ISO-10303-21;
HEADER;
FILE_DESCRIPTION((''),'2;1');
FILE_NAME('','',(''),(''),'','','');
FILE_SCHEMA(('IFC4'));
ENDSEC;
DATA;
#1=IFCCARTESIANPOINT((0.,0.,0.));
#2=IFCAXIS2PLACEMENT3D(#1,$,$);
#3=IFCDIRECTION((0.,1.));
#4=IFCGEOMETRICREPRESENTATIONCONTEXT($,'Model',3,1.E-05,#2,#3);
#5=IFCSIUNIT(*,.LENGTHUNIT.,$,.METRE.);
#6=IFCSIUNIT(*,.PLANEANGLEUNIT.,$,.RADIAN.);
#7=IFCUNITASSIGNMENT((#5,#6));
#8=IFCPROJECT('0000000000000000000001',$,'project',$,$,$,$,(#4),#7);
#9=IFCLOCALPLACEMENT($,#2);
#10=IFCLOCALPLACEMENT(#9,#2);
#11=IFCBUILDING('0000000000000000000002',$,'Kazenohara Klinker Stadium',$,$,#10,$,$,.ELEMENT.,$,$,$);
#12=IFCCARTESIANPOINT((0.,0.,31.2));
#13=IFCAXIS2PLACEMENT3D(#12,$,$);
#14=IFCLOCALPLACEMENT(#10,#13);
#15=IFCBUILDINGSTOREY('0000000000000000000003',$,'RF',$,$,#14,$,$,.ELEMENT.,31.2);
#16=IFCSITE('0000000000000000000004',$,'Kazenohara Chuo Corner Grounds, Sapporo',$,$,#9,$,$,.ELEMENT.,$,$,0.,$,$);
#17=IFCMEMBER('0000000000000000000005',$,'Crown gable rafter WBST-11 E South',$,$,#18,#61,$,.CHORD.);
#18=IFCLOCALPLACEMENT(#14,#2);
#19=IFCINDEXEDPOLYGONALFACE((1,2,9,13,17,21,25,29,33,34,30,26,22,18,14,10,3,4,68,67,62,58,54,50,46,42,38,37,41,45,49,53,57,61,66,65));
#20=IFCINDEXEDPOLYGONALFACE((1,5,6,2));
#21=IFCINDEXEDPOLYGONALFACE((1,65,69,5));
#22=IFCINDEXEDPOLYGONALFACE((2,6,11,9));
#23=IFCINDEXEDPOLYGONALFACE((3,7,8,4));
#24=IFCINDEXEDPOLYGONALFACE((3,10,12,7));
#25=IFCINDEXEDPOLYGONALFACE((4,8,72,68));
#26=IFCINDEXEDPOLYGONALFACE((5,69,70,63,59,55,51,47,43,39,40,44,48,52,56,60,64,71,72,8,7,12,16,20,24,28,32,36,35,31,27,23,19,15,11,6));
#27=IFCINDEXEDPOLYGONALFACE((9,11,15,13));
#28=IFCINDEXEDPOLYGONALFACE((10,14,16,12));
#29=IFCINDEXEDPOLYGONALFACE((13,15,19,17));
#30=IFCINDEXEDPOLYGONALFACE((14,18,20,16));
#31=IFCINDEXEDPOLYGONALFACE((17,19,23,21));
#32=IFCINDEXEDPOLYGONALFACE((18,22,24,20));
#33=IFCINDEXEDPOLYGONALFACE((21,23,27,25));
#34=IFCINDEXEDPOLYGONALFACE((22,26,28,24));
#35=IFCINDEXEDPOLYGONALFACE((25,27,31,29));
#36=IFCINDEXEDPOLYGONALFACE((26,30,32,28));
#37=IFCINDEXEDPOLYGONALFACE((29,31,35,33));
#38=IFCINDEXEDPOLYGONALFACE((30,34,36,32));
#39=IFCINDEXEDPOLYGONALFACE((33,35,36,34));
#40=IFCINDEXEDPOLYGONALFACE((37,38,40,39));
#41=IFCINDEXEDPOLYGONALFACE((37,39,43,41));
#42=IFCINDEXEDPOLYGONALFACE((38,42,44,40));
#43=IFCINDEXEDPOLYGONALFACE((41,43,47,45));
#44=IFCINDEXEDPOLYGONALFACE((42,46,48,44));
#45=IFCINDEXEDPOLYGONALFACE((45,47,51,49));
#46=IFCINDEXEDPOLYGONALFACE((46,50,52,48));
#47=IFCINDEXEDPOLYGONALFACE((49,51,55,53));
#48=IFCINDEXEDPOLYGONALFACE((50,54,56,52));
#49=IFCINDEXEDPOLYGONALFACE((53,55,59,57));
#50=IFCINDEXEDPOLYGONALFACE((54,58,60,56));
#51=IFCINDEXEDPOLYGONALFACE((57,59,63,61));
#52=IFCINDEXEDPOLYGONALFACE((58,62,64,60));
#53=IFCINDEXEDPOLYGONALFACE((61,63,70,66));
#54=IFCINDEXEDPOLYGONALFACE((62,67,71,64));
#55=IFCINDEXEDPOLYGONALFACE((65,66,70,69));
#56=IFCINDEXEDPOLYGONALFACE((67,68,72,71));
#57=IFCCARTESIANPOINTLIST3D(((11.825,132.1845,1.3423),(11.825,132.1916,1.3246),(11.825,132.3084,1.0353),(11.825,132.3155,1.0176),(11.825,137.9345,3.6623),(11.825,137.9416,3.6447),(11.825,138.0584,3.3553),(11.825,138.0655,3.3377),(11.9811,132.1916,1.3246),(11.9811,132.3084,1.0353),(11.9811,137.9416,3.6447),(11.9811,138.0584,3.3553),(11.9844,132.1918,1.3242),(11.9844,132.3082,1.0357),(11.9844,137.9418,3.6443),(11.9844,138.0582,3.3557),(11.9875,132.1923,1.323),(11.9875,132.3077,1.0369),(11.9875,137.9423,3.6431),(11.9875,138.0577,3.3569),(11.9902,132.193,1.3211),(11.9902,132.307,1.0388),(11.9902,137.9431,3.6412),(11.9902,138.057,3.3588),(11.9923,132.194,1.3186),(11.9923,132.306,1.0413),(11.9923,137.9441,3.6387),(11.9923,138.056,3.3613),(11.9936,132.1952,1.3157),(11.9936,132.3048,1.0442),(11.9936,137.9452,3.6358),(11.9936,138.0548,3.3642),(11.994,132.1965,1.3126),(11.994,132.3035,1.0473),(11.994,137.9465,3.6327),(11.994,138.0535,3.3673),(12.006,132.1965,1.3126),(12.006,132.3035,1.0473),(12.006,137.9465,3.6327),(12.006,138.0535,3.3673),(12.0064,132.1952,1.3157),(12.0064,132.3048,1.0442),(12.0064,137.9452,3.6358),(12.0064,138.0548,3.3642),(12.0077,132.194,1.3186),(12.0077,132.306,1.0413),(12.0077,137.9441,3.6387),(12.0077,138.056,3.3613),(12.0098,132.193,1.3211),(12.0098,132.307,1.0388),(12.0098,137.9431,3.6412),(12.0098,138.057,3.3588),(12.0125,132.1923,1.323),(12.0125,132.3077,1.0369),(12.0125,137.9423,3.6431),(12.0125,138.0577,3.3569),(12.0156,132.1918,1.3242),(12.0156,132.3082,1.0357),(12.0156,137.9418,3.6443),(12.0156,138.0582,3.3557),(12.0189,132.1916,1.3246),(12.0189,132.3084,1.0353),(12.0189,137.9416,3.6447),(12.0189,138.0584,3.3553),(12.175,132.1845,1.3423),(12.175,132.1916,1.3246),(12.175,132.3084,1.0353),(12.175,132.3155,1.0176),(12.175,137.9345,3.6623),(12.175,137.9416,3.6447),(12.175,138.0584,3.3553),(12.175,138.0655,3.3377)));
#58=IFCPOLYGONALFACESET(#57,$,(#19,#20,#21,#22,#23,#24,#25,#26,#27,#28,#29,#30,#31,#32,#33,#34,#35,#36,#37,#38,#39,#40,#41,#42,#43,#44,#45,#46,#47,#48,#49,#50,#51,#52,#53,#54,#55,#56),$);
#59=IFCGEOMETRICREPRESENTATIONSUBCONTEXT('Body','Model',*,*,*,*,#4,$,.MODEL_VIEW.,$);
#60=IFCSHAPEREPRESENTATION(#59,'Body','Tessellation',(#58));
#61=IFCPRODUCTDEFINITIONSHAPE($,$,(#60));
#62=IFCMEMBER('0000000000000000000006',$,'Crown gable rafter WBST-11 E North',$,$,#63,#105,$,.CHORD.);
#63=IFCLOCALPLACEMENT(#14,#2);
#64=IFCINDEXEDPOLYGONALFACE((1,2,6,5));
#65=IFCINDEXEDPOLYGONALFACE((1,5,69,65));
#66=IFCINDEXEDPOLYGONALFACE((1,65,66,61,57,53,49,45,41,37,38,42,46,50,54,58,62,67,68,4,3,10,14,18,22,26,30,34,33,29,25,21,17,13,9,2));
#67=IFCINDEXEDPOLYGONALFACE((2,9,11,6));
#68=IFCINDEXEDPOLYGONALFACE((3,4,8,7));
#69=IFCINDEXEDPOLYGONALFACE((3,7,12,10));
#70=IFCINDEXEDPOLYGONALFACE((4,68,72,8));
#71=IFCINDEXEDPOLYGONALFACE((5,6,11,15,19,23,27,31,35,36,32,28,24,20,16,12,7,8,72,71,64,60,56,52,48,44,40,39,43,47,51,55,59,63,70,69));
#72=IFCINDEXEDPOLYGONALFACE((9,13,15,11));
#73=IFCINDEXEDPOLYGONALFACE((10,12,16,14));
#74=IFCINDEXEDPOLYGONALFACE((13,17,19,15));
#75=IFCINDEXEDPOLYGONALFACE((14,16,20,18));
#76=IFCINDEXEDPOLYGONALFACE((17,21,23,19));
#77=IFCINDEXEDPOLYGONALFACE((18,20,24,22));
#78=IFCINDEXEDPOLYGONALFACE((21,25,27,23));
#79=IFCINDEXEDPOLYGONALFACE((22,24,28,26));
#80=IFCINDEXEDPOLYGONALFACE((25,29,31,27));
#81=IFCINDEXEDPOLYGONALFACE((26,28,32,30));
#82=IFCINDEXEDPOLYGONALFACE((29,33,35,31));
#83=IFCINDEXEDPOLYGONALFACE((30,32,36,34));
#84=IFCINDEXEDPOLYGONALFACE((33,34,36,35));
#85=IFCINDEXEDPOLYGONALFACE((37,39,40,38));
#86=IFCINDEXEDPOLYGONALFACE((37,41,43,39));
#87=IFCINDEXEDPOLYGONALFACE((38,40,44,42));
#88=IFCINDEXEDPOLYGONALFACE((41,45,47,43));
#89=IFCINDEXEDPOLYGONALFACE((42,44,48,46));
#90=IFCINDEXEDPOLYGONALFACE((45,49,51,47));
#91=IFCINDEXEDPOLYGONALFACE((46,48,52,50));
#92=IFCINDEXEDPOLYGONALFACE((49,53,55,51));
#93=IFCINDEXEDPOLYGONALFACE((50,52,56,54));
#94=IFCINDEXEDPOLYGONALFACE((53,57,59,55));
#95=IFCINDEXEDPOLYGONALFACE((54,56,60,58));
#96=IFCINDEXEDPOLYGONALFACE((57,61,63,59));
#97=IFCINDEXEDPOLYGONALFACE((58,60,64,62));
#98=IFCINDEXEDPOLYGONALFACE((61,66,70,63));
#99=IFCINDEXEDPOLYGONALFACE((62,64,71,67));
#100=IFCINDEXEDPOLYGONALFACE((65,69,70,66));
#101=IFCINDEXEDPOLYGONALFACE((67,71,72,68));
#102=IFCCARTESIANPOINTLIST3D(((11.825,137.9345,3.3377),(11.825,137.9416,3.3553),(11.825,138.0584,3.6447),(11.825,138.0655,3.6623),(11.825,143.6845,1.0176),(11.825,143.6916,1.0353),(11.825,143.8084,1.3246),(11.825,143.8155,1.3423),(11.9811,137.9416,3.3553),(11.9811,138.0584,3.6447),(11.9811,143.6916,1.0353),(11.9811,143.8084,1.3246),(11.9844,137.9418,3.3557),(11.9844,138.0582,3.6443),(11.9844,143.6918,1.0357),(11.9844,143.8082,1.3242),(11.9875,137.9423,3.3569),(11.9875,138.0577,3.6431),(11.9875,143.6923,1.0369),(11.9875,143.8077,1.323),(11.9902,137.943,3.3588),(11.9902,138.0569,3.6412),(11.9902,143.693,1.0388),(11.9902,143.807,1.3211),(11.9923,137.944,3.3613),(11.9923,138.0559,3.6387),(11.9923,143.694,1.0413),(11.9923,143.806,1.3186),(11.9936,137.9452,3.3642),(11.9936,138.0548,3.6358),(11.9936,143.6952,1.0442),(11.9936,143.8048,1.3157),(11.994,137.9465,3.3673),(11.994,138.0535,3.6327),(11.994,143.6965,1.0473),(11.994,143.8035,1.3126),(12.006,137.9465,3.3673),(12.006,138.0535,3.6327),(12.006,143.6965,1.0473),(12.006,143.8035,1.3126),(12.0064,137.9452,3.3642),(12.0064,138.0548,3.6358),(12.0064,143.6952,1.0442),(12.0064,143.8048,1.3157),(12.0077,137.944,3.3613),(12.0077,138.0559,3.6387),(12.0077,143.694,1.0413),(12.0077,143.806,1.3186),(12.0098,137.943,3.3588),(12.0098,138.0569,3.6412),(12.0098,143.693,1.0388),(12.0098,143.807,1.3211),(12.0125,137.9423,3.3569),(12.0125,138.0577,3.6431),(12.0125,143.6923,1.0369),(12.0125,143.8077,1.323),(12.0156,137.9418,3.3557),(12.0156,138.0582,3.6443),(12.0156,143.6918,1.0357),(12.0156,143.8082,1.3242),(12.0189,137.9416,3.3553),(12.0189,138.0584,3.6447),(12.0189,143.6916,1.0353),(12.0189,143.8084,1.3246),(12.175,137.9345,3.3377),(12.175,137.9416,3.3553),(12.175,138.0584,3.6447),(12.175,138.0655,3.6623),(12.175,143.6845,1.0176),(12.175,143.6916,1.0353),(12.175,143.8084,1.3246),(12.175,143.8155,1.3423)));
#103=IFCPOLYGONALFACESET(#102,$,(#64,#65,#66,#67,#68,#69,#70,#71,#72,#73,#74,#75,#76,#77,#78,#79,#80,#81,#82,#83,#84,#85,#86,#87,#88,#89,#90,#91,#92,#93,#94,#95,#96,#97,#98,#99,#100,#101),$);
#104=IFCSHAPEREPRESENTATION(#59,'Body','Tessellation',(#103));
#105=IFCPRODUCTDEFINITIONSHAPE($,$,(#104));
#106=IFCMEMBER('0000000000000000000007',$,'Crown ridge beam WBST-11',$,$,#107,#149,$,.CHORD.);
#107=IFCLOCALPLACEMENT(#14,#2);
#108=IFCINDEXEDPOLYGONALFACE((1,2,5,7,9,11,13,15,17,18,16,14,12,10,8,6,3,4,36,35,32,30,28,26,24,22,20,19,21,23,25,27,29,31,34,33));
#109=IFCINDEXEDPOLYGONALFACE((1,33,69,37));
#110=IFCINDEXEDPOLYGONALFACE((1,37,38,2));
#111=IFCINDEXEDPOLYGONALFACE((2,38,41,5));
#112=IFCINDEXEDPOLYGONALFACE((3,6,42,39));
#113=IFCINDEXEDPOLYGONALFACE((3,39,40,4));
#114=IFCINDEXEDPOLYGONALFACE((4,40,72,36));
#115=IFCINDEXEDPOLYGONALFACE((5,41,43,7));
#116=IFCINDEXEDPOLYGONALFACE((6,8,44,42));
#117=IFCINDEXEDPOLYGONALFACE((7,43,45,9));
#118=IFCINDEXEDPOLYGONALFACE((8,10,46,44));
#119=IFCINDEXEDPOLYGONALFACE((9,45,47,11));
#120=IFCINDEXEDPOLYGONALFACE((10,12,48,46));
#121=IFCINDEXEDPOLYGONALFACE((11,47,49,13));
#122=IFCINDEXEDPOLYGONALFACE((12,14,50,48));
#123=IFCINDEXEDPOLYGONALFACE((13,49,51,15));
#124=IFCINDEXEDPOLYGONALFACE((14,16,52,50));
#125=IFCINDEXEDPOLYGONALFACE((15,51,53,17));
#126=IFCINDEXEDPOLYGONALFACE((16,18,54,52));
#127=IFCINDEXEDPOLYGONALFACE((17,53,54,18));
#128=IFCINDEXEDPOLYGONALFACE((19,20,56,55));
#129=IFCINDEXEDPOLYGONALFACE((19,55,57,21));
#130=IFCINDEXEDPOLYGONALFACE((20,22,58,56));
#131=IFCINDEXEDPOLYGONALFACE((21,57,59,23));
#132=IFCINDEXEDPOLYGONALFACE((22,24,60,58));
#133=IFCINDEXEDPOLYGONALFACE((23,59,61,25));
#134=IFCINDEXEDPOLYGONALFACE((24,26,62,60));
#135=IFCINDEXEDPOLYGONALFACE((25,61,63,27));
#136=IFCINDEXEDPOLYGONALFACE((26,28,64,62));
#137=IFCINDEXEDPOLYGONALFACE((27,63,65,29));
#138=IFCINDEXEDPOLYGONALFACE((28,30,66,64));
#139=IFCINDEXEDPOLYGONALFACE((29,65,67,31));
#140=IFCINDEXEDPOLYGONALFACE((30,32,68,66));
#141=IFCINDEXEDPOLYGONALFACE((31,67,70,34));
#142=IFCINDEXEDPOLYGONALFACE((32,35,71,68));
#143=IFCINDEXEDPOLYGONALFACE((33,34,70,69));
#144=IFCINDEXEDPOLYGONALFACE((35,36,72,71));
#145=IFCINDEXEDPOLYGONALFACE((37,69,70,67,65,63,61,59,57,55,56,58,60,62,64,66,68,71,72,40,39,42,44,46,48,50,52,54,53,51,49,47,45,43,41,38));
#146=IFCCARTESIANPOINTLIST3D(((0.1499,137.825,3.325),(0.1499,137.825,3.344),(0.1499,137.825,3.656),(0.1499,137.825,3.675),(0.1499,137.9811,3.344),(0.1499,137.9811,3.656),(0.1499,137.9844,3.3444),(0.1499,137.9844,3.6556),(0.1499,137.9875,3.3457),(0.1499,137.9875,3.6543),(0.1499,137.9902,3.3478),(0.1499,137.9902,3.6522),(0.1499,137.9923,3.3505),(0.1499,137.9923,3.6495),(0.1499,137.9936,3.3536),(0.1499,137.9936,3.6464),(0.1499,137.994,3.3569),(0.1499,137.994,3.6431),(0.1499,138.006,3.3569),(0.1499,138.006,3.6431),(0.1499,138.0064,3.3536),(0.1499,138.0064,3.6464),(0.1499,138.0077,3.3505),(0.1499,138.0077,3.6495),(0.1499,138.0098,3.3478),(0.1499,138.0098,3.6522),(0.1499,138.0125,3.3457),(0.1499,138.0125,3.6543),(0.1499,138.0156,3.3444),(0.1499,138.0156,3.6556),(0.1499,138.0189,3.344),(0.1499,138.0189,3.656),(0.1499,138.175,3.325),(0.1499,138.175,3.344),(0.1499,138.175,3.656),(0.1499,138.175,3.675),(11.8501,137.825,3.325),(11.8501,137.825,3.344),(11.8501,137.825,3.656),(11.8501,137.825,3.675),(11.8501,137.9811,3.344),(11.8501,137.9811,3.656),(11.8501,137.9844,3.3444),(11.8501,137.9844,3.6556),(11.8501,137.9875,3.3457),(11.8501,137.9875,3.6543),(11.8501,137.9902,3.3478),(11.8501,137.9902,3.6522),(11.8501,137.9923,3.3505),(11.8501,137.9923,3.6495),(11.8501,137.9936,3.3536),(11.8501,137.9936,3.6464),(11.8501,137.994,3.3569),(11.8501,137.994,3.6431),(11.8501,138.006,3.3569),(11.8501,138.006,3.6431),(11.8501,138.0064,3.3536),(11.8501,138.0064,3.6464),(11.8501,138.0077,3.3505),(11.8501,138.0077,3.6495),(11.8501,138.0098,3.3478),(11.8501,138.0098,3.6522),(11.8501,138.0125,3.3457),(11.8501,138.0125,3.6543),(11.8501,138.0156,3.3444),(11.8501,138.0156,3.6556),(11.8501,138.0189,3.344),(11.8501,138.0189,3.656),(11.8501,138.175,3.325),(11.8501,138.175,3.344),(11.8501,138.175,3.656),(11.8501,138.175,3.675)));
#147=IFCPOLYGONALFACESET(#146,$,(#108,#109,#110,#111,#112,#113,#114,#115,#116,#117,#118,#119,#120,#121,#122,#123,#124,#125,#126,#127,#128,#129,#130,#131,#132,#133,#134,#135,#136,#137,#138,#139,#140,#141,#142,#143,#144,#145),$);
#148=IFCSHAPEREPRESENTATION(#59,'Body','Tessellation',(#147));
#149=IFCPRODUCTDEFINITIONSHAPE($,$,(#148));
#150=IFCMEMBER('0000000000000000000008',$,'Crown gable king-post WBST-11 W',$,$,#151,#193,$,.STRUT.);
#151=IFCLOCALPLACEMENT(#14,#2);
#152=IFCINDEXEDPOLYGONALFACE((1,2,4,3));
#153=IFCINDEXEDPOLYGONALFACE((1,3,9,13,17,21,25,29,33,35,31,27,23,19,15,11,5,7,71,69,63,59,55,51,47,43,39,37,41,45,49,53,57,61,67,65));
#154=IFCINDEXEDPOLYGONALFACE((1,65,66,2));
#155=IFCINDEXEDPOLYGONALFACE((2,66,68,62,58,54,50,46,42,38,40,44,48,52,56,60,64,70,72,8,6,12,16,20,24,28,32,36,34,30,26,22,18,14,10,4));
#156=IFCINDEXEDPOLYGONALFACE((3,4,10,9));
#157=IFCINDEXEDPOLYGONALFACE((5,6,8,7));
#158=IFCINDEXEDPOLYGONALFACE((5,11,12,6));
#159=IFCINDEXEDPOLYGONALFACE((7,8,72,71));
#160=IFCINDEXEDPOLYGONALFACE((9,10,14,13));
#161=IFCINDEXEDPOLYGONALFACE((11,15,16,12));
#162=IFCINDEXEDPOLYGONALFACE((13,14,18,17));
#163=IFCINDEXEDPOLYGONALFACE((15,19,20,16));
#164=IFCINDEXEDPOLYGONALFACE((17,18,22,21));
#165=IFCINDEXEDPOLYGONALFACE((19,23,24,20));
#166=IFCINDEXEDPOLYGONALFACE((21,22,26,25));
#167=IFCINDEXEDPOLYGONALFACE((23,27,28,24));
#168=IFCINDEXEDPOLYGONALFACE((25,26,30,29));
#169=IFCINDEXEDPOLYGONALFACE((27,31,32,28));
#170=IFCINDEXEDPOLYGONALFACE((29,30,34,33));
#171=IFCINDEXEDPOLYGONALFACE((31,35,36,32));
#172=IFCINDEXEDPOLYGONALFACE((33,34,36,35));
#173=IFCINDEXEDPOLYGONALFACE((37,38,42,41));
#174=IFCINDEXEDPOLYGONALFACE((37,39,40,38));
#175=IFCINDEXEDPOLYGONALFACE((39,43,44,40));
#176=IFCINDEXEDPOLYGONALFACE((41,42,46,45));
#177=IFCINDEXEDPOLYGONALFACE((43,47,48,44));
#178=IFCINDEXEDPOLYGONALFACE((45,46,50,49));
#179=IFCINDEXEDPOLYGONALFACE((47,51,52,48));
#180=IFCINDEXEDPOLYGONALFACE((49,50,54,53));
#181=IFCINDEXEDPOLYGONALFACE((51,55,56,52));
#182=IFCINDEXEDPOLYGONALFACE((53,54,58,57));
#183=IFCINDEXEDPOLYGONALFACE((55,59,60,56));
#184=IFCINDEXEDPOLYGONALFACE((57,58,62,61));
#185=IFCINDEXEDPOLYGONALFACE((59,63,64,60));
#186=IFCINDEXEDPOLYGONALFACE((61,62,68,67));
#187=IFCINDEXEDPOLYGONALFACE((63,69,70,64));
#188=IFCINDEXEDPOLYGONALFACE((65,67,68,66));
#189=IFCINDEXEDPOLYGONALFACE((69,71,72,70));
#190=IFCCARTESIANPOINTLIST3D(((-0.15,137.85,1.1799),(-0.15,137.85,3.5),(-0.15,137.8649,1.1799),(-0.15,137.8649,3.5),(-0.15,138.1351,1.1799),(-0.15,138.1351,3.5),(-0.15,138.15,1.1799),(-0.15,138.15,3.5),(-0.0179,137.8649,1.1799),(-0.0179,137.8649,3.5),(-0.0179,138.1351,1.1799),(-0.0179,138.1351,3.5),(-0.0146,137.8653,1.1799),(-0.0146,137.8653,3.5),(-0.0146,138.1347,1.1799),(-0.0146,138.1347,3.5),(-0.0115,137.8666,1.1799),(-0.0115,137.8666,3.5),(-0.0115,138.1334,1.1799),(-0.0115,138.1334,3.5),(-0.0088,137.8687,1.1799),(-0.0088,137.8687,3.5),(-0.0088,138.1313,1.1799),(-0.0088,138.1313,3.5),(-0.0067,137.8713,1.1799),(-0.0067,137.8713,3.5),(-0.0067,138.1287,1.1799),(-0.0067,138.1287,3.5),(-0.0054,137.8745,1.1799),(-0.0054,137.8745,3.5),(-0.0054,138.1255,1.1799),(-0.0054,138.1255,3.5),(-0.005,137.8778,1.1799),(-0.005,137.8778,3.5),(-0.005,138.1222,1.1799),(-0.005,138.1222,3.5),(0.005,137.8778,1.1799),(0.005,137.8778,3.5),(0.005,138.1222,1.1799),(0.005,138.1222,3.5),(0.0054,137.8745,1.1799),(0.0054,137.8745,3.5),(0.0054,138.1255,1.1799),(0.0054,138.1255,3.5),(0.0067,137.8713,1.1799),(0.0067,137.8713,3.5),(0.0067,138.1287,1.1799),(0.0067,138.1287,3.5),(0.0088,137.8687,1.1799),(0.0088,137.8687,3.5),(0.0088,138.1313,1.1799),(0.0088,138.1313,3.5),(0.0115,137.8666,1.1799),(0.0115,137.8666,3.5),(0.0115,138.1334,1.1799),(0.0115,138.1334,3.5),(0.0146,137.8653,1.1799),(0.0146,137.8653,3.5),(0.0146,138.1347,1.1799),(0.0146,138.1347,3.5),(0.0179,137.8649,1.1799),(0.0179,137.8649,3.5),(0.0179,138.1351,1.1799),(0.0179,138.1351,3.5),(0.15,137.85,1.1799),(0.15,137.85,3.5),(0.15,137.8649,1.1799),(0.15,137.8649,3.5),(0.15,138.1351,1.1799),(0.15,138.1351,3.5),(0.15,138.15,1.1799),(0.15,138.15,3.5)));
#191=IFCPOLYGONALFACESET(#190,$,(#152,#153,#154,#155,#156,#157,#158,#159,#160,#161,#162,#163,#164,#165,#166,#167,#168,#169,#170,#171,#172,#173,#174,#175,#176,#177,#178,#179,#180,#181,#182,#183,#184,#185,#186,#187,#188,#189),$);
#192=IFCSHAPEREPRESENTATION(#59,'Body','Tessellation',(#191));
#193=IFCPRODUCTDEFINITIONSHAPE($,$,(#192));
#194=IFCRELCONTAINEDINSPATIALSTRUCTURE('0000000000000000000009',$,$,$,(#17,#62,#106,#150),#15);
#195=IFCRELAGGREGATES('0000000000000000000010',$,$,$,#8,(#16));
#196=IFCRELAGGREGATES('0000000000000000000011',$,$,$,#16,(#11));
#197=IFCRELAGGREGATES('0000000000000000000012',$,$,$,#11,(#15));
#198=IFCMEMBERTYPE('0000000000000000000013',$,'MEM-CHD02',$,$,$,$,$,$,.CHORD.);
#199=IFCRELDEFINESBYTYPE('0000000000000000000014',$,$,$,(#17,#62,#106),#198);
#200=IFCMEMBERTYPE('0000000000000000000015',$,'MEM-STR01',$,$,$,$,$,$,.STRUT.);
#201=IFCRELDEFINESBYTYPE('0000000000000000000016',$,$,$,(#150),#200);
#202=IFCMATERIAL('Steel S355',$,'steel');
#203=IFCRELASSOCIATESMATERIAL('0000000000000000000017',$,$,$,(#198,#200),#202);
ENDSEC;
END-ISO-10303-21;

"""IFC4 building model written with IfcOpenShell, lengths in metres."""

from ifc_helpers import new_model, si_unit, direction, frame, origin, origin_2d, place, context, subcontext, project, spatial, i_section, extrude, material, material_profile, profile_set, type_object, element, save


model = new_model("IFC4")

# Units and contexts
model_context = context("Model", 3, precision=1e-05, world=origin(), true_north=direction((0.0, 1.0)))
body_context = subcontext(model_context, "Body", "Model", "MODEL_VIEW")
ifc_project = project(units=[si_unit("LENGTHUNIT", "METRE"), si_unit("PLANEANGLEUNIT", "RADIAN")], contexts=[model_context])

# Site, building, storey
site_placement = place(None, origin())
site = spatial("IfcSite", under=ifc_project, at=site_placement, Name="Kazenohara Chuo Corner Grounds, Sapporo", CompositionType="ELEMENT", RefElevation=0.0)
building_placement = place(site_placement, origin())
building = spatial("IfcBuilding", under=site, at=building_placement, Name="Kazenohara Klinker Stadium", CompositionType="ELEMENT")
storey_placement = place(building_placement, frame((0.0, 0.0, 31.2)))
storey = spatial("IfcBuildingStorey", under=building, at=storey_placement, Name="RF", CompositionType="ELEMENT", Elevation=31.2)

# Members
ifc_material_1 = material(Name="Steel S355", Category="steel")
ifc_material_profile_1 = material_profile(ifc_material_1, i_section(OverallWidth=0.3501, OverallDepth=0.3501, WebThickness=0.012, FlangeThickness=0.019, FilletRadius=0.0129, at=origin_2d()), Name="H-350x350x12x19")
ifc_profile_set_1 = profile_set([ifc_material_profile_1], Name="Steel S355")
member_type_1 = type_object("IfcMemberType", Name="MEM-CHD02", PredefinedType="CHORD", material=ifc_profile_set_1)
for number, where, z_axis, x_axis, name in (
    (1, (12.0, 132.25, 1.1799), (0.0, 0.927356, 0.374179), (-1.0, 0.0, 0.0), "Crown gable rafter WBST-11 E South"),
    (2, (12.0, 143.75, 1.1799), (0.0, -0.927356, 0.374179), (1.0, 0.0, 0.0), "Crown gable rafter WBST-11 E North"),
):
    element("IfcMember", number, at=place(storey_placement, frame(where, z_axis=z_axis, x_axis=x_axis)), inside=storey, type_object=member_type_1, Name=name, PredefinedType="CHORD", context=body_context, shape_type="SweptSolid", body=[
        extrude(i_section(OverallWidth=0.3501, OverallDepth=0.3501, WebThickness=0.012, FlangeThickness=0.019, FilletRadius=0.0129, at=origin_2d()), origin(), (0.0, 0.0, 1.0), 6.2004),
    ])
member_placement = place(storey_placement, frame((0.1499, 138.0, 3.5), z_axis=(1.0, 0.0, 0.0), x_axis=(0.0, 1.0, 0.0)))
element("IfcMember", 3, at=member_placement, inside=storey, type_object=member_type_1, Name="Crown ridge beam WBST-11", PredefinedType="CHORD", context=body_context, shape_type="SweptSolid", body=[
    extrude(i_section(OverallWidth=0.3501, OverallDepth=0.3501, WebThickness=0.012, FlangeThickness=0.019, FilletRadius=0.0129, at=origin_2d()), origin(), (0.0, 0.0, 1.0), 11.7002),
])
ifc_material_profile_2 = material_profile(ifc_material_1, i_section(OverallWidth=0.3, OverallDepth=0.3, WebThickness=0.01, FlangeThickness=0.0149, FilletRadius=0.0129, at=origin_2d()), Name="H-300x300x10x15")
ifc_profile_set_2 = profile_set([ifc_material_profile_2], Name="Steel S355")
member_type_2 = type_object("IfcMemberType", Name="MEM-STR01", PredefinedType="STRUT", material=ifc_profile_set_2)
for number, where, z_axis, x_axis, name in (
    (4, (0.0, 138.0, 1.1799), (0.0, 0.0, 1.0), (1.0, 0.0, 0.0), "Crown gable king-post WBST-11 W"),
):
    element("IfcMember", number, at=place(storey_placement, frame(where, z_axis=z_axis, x_axis=x_axis)), inside=storey, type_object=member_type_2, Name=name, PredefinedType="STRUT", context=body_context, shape_type="SweptSolid", body=[
        extrude(i_section(OverallWidth=0.3, OverallDepth=0.3, WebThickness=0.01, FlangeThickness=0.0149, FilletRadius=0.0129, at=origin_2d()), origin(), (0.0, 0.0, 1.0), 2.3201),
    ])

save(model, "model.ifc")
